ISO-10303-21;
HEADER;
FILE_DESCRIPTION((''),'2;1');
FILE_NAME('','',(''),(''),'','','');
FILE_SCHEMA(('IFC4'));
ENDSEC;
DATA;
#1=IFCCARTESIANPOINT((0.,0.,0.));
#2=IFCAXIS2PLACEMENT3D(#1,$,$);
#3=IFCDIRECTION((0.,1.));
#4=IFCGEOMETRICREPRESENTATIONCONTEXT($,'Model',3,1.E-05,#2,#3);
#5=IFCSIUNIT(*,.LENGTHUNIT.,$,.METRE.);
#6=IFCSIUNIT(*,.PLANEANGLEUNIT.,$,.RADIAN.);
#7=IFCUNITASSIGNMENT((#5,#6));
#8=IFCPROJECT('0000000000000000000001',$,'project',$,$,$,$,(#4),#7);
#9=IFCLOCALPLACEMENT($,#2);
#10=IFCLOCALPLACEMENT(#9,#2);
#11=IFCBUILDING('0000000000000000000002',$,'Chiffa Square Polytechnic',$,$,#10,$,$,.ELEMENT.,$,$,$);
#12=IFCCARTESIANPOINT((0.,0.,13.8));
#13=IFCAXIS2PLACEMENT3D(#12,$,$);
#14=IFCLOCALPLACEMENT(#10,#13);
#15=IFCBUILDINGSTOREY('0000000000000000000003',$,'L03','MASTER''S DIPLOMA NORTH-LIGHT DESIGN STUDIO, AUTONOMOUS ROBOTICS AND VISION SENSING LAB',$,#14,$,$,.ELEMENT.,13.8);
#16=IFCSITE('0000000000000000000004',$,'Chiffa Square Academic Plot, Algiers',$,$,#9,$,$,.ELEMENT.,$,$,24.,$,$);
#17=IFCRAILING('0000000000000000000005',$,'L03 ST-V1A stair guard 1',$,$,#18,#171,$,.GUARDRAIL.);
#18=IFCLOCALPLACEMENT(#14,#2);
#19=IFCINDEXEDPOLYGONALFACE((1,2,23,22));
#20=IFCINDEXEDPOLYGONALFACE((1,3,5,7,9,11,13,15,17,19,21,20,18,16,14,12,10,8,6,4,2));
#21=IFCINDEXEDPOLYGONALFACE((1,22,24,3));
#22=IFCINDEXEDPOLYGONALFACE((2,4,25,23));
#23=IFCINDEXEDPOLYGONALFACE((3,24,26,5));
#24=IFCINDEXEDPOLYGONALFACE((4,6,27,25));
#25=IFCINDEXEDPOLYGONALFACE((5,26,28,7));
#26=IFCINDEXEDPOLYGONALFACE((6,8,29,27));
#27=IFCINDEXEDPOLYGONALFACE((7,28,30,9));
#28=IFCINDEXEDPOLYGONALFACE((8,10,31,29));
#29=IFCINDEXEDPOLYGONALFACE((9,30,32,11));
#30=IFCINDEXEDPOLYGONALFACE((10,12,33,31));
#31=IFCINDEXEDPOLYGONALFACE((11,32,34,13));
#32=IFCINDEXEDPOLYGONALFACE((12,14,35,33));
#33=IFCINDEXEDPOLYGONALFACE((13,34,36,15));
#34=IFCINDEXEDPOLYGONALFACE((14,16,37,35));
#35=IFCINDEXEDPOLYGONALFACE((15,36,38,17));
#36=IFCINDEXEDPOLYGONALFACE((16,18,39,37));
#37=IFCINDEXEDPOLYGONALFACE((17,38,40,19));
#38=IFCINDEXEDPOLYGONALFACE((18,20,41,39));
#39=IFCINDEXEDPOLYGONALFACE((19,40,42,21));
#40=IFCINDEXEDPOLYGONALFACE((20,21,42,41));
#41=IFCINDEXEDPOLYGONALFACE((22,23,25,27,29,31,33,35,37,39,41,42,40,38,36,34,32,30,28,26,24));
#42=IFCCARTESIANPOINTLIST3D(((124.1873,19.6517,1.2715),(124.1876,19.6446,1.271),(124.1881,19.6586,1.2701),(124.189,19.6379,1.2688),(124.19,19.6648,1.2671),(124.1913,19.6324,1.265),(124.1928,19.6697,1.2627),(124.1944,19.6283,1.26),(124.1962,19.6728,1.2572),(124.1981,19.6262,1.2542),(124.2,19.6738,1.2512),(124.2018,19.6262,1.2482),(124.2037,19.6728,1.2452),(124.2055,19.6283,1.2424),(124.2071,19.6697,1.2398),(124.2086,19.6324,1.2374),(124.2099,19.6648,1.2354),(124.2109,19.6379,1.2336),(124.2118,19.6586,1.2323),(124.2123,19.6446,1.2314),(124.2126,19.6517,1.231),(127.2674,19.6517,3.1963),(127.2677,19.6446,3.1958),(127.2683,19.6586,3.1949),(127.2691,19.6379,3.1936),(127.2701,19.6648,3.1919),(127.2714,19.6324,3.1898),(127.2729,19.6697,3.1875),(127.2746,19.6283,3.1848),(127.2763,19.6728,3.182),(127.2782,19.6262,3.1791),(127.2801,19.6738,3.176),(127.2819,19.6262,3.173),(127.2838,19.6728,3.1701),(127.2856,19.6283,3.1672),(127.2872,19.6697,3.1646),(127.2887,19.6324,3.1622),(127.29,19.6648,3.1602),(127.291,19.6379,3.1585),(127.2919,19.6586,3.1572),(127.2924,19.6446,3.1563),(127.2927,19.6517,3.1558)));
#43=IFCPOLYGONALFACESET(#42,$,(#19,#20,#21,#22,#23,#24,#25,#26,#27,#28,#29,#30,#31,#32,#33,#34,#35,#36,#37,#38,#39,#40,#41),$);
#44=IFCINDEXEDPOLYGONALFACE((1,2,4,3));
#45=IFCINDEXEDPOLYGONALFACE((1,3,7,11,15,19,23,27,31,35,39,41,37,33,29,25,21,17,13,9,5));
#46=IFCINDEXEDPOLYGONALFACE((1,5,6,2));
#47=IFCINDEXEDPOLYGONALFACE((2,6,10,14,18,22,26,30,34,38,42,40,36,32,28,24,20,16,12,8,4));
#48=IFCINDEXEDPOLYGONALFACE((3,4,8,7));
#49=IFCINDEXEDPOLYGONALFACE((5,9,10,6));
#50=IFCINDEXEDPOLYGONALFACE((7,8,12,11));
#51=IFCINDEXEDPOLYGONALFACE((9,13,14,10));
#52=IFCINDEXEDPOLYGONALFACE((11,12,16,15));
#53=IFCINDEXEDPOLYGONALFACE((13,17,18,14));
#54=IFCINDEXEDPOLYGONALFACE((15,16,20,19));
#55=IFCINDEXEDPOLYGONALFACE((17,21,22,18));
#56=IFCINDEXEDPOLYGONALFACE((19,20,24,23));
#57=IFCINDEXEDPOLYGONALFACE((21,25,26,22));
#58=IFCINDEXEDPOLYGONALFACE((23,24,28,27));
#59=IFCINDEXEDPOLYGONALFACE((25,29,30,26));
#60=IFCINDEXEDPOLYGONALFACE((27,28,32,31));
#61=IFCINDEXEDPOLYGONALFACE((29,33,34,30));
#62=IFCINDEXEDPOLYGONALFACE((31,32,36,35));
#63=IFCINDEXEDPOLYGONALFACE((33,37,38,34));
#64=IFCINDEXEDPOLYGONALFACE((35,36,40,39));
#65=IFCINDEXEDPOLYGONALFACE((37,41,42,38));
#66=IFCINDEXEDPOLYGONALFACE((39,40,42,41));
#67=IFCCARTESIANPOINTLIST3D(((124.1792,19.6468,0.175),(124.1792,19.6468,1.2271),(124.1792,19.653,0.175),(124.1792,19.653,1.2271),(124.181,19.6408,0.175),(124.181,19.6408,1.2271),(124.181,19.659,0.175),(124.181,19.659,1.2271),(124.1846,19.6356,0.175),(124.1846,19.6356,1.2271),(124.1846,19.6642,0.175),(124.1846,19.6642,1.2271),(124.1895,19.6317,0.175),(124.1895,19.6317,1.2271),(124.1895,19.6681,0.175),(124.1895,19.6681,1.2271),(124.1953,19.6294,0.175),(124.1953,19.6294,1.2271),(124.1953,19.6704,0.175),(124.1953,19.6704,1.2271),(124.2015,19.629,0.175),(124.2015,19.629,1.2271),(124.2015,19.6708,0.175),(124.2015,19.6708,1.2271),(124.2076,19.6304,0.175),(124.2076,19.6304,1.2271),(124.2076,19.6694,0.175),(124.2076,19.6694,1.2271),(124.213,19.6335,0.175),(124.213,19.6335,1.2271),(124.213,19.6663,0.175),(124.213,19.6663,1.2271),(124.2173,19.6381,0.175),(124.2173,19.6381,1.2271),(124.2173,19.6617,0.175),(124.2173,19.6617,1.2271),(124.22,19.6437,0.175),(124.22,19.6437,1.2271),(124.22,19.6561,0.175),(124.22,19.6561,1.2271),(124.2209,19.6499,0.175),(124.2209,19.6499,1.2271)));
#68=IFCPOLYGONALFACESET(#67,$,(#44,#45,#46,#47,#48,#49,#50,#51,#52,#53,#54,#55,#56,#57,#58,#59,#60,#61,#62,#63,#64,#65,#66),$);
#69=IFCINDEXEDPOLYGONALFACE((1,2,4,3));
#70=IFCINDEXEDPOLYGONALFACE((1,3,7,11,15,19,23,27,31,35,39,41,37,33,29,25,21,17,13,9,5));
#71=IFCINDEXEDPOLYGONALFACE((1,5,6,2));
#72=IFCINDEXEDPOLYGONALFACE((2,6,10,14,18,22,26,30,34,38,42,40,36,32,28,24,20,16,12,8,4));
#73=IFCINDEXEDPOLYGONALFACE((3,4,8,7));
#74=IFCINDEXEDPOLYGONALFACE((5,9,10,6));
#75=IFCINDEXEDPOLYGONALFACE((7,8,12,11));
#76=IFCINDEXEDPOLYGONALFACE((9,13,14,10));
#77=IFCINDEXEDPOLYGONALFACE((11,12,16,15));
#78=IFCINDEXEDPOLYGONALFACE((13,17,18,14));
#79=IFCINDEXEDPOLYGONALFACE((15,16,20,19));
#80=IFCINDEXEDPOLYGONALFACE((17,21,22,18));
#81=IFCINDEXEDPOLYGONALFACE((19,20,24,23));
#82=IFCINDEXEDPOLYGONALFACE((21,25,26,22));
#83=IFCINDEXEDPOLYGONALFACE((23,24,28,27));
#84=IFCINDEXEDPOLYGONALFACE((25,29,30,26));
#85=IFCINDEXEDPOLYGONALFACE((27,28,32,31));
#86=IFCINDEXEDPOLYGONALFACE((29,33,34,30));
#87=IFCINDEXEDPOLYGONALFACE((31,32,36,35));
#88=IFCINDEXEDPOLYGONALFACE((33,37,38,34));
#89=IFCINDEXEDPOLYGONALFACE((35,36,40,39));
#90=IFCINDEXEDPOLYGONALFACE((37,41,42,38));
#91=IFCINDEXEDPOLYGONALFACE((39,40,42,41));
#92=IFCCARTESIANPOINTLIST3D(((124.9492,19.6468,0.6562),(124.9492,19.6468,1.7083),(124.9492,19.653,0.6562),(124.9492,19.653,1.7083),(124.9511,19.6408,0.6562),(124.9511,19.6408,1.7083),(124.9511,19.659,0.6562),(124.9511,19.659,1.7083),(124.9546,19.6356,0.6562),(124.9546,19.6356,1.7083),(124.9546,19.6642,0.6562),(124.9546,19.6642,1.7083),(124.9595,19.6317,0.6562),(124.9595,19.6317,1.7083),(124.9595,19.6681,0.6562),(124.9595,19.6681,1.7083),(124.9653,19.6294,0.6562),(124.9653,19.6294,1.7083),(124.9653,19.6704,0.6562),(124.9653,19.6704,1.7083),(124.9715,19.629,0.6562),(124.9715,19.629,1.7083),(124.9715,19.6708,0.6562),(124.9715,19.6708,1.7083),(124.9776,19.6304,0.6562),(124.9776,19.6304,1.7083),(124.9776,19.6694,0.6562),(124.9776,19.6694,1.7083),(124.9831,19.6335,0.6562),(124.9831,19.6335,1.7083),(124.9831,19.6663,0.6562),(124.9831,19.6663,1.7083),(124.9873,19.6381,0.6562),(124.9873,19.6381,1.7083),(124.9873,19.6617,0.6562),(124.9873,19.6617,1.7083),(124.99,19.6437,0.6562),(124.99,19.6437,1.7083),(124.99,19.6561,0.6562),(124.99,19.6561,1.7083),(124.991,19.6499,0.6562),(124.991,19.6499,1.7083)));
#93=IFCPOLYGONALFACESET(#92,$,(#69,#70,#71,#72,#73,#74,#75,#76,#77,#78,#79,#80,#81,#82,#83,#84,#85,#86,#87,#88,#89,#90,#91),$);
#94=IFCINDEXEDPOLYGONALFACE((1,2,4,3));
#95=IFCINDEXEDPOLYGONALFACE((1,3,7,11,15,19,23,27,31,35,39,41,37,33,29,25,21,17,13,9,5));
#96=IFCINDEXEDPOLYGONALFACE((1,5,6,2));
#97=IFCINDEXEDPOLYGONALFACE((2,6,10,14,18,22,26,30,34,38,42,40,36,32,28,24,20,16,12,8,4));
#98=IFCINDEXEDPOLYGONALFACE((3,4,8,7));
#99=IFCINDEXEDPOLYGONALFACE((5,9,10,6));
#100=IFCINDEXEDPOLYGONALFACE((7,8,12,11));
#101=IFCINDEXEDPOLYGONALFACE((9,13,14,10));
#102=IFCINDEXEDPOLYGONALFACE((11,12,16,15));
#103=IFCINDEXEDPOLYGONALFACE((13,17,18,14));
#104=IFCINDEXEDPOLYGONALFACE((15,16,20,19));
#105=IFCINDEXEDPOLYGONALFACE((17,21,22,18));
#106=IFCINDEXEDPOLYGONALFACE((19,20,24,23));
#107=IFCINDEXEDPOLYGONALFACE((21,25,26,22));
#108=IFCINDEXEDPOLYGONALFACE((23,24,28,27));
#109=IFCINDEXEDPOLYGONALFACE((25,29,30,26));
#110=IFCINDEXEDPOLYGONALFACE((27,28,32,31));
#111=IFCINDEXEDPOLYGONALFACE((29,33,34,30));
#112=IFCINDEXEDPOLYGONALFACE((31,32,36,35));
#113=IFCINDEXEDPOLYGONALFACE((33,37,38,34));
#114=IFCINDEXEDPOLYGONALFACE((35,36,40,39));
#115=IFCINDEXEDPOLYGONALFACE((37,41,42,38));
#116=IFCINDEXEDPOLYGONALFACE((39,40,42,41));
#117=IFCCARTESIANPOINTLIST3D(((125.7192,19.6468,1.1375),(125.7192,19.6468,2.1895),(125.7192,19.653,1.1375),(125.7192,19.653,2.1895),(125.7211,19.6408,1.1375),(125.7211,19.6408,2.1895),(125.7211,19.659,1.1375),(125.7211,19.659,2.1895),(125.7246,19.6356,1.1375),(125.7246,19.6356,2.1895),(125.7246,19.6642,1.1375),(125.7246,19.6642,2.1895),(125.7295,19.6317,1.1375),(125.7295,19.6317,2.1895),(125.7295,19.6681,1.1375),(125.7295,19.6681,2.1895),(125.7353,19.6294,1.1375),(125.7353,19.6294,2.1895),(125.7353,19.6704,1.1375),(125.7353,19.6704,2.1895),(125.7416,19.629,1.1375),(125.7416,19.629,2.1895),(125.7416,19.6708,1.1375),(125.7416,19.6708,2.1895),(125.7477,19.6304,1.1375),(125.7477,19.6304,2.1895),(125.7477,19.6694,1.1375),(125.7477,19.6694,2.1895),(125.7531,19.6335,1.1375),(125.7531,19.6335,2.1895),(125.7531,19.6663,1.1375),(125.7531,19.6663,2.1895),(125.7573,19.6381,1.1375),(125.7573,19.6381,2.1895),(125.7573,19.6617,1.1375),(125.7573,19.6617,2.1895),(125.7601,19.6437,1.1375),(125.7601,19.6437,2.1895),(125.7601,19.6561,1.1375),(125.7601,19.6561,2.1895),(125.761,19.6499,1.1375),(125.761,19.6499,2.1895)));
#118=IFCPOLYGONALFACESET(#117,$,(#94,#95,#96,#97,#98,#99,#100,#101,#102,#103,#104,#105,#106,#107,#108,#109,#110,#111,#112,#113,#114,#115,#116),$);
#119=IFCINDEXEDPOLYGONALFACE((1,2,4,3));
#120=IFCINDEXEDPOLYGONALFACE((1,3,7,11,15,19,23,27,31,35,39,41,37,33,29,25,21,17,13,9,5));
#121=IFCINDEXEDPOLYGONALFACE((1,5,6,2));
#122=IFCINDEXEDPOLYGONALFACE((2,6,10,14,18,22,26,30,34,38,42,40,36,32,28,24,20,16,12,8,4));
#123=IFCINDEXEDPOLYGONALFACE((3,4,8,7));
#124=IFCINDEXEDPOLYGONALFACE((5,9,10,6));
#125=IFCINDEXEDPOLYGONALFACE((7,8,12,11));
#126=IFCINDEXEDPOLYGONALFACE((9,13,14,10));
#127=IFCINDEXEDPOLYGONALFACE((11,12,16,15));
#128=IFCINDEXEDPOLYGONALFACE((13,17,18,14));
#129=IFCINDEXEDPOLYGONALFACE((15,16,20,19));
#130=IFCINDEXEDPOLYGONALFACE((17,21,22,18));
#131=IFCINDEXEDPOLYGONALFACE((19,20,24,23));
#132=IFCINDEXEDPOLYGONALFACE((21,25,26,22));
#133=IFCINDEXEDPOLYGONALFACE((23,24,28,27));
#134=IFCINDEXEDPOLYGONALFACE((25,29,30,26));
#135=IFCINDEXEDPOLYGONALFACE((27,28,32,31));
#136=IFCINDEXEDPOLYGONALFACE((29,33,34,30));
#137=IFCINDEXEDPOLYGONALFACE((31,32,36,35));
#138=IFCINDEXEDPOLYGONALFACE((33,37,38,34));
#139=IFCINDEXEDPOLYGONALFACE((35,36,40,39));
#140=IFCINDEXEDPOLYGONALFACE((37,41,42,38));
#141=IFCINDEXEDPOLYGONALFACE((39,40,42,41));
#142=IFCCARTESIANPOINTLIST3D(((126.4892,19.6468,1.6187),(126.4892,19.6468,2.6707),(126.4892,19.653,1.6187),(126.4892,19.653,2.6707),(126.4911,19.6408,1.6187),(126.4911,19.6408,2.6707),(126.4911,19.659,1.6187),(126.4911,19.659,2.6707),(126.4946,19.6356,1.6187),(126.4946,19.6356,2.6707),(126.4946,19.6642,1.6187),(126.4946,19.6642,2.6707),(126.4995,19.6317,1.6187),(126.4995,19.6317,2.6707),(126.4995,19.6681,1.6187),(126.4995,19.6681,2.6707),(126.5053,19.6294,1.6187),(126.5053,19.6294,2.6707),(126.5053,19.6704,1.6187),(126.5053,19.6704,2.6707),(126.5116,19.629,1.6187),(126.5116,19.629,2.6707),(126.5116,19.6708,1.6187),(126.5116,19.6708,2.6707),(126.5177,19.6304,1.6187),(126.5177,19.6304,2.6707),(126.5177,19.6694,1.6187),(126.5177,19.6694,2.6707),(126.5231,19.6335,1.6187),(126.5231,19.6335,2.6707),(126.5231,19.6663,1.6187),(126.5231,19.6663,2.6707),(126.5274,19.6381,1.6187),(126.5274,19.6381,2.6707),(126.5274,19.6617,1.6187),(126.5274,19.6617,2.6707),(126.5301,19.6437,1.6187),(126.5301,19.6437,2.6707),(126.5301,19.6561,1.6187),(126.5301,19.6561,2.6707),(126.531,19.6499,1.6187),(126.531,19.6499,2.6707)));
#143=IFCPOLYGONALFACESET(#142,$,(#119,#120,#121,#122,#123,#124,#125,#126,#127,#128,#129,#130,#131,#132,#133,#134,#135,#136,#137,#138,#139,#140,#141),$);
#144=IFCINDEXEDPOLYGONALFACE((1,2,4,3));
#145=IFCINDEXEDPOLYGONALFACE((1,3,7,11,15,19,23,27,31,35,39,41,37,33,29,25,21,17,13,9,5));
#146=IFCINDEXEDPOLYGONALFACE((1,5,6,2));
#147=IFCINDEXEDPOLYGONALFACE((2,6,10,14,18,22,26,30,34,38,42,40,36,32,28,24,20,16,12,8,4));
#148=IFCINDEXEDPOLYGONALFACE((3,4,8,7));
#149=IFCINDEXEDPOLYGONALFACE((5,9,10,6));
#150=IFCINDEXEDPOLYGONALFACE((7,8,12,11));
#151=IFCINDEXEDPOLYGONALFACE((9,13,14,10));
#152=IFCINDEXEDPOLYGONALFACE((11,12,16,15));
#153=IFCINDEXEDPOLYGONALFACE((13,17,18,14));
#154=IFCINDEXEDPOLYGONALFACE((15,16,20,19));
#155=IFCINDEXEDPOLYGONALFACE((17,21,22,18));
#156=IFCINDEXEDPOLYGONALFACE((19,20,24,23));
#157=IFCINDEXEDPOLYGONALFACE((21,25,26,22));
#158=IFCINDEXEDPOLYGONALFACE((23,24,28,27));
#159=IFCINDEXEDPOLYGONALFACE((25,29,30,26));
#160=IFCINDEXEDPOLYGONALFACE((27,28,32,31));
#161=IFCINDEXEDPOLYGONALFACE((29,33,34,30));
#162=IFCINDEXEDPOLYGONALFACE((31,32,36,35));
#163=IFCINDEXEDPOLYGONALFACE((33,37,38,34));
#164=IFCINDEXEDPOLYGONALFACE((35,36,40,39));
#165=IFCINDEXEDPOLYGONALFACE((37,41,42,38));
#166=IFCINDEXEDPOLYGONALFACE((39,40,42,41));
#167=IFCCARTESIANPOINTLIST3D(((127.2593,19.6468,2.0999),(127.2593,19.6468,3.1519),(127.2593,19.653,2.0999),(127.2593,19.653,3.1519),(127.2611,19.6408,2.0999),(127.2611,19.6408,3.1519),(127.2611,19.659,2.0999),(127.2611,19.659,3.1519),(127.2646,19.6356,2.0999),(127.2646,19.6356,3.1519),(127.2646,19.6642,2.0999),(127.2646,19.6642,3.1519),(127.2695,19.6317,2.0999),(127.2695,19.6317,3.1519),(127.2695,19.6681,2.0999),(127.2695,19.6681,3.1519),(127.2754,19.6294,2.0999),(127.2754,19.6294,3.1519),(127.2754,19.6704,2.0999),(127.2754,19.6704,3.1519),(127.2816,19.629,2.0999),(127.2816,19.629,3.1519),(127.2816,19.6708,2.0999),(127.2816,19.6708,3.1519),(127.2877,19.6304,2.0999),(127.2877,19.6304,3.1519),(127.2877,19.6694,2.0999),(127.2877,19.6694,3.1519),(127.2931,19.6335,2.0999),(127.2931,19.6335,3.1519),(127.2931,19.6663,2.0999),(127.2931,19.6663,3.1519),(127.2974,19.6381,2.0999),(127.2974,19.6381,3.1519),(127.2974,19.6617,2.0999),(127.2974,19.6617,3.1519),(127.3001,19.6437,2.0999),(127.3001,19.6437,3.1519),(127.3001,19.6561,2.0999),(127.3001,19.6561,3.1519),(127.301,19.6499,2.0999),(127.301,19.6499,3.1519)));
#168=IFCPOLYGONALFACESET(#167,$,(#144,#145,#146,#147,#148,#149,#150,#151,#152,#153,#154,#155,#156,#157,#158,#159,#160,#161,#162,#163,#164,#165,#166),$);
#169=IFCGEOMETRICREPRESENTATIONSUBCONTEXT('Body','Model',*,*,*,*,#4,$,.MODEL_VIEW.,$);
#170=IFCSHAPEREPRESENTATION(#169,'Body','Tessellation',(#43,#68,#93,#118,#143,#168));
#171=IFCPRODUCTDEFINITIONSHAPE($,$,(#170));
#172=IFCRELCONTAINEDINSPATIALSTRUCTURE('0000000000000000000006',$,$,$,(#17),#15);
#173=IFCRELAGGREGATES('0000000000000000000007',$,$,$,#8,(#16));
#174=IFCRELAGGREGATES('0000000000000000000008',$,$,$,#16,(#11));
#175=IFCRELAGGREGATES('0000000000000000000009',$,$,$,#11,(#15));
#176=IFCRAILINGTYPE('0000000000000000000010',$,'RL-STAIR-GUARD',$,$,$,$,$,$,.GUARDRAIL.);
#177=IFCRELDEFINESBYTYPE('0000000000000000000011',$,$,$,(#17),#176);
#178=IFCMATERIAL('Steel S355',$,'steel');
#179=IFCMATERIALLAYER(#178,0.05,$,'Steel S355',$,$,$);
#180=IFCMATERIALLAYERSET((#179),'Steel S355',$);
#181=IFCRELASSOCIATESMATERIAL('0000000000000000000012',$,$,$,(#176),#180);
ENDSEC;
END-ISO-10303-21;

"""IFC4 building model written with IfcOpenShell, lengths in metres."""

from ifc_helpers import new_model, si_unit, direction, frame, origin, origin_2d, place, context, subcontext, project, spatial, circle, extrude, material, layer, layer_set, type_object, element, save


model = new_model("IFC4")

# Units and contexts
model_context = context("Model", 3, precision=1e-05, world=origin(), true_north=direction((0.0, 1.0)))
body_context = subcontext(model_context, "Body", "Model", "MODEL_VIEW")
ifc_project = project(units=[si_unit("LENGTHUNIT", "METRE"), si_unit("PLANEANGLEUNIT", "RADIAN")], contexts=[model_context])

# Site, building, storey
site_placement = place(None, origin())
site = spatial("IfcSite", under=ifc_project, at=site_placement, Name="Chiffa Square Academic Plot, Algiers", CompositionType="ELEMENT", RefElevation=24.0)
building_placement = place(site_placement, origin())
building = spatial("IfcBuilding", under=site, at=building_placement, Name="Chiffa Square Polytechnic", CompositionType="ELEMENT")
storey_placement = place(building_placement, frame((0.0, 0.0, 13.8)))
storey = spatial("IfcBuildingStorey", under=building, at=storey_placement, Name="L03", Description="MASTER'S DIPLOMA NORTH-LIGHT DESIGN STUDIO, AUTONOMOUS ROBOTICS AND VISION SENSING LAB", CompositionType="ELEMENT", Elevation=13.8)

# Railing
ifc_material_1 = material(Name="Steel S355", Category="steel")
ifc_layer_1 = layer(ifc_material_1, 0.05, Name="Steel S355")
ifc_layer_set_1 = layer_set([ifc_layer_1], Name="Steel S355")
railing_type = type_object("IfcRailingType", Name="RL-STAIR-GUARD", PredefinedType="GUARDRAIL", material=ifc_layer_set_1)
railing_1_placement = place(storey_placement, frame((124.2, 19.6499, 0.175)))
element("IfcRailing", 1, at=railing_1_placement, inside=storey, type_object=railing_type, Name="L03 ST-V1A stair guard 1", PredefinedType="GUARDRAIL", context=body_context, shape_type="SweptSolid", body=[
    extrude(circle(Radius=0.0239, at=origin_2d()), frame((0.0, 0.0, 1.0762), z_axis=(0.848029, 0.0, 0.529951), x_axis=(0.0, 1.0, 0.0)), (0.0, 0.0, 1.0), 3.6321),
    extrude(circle(Radius=0.021, at=origin_2d()), origin(), (0.0, 0.0, 1.0), 1.052),
    extrude(circle(Radius=0.021, at=origin_2d()), frame((0.77, 0.0, 0.4812)), (0.0, 0.0, 1.0), 1.052),
    extrude(circle(Radius=0.021, at=origin_2d()), frame((1.54, 0.0, 0.9624)), (0.0, 0.0, 1.0), 1.052),
    extrude(circle(Radius=0.021, at=origin_2d()), frame((2.3101, 0.0, 1.4436)), (0.0, 0.0, 1.0), 1.052),
    extrude(circle(Radius=0.021, at=origin_2d()), frame((3.0801, 0.0, 1.9248)), (0.0, 0.0, 1.0), 1.052),
])

save(model, "model.ifc")
